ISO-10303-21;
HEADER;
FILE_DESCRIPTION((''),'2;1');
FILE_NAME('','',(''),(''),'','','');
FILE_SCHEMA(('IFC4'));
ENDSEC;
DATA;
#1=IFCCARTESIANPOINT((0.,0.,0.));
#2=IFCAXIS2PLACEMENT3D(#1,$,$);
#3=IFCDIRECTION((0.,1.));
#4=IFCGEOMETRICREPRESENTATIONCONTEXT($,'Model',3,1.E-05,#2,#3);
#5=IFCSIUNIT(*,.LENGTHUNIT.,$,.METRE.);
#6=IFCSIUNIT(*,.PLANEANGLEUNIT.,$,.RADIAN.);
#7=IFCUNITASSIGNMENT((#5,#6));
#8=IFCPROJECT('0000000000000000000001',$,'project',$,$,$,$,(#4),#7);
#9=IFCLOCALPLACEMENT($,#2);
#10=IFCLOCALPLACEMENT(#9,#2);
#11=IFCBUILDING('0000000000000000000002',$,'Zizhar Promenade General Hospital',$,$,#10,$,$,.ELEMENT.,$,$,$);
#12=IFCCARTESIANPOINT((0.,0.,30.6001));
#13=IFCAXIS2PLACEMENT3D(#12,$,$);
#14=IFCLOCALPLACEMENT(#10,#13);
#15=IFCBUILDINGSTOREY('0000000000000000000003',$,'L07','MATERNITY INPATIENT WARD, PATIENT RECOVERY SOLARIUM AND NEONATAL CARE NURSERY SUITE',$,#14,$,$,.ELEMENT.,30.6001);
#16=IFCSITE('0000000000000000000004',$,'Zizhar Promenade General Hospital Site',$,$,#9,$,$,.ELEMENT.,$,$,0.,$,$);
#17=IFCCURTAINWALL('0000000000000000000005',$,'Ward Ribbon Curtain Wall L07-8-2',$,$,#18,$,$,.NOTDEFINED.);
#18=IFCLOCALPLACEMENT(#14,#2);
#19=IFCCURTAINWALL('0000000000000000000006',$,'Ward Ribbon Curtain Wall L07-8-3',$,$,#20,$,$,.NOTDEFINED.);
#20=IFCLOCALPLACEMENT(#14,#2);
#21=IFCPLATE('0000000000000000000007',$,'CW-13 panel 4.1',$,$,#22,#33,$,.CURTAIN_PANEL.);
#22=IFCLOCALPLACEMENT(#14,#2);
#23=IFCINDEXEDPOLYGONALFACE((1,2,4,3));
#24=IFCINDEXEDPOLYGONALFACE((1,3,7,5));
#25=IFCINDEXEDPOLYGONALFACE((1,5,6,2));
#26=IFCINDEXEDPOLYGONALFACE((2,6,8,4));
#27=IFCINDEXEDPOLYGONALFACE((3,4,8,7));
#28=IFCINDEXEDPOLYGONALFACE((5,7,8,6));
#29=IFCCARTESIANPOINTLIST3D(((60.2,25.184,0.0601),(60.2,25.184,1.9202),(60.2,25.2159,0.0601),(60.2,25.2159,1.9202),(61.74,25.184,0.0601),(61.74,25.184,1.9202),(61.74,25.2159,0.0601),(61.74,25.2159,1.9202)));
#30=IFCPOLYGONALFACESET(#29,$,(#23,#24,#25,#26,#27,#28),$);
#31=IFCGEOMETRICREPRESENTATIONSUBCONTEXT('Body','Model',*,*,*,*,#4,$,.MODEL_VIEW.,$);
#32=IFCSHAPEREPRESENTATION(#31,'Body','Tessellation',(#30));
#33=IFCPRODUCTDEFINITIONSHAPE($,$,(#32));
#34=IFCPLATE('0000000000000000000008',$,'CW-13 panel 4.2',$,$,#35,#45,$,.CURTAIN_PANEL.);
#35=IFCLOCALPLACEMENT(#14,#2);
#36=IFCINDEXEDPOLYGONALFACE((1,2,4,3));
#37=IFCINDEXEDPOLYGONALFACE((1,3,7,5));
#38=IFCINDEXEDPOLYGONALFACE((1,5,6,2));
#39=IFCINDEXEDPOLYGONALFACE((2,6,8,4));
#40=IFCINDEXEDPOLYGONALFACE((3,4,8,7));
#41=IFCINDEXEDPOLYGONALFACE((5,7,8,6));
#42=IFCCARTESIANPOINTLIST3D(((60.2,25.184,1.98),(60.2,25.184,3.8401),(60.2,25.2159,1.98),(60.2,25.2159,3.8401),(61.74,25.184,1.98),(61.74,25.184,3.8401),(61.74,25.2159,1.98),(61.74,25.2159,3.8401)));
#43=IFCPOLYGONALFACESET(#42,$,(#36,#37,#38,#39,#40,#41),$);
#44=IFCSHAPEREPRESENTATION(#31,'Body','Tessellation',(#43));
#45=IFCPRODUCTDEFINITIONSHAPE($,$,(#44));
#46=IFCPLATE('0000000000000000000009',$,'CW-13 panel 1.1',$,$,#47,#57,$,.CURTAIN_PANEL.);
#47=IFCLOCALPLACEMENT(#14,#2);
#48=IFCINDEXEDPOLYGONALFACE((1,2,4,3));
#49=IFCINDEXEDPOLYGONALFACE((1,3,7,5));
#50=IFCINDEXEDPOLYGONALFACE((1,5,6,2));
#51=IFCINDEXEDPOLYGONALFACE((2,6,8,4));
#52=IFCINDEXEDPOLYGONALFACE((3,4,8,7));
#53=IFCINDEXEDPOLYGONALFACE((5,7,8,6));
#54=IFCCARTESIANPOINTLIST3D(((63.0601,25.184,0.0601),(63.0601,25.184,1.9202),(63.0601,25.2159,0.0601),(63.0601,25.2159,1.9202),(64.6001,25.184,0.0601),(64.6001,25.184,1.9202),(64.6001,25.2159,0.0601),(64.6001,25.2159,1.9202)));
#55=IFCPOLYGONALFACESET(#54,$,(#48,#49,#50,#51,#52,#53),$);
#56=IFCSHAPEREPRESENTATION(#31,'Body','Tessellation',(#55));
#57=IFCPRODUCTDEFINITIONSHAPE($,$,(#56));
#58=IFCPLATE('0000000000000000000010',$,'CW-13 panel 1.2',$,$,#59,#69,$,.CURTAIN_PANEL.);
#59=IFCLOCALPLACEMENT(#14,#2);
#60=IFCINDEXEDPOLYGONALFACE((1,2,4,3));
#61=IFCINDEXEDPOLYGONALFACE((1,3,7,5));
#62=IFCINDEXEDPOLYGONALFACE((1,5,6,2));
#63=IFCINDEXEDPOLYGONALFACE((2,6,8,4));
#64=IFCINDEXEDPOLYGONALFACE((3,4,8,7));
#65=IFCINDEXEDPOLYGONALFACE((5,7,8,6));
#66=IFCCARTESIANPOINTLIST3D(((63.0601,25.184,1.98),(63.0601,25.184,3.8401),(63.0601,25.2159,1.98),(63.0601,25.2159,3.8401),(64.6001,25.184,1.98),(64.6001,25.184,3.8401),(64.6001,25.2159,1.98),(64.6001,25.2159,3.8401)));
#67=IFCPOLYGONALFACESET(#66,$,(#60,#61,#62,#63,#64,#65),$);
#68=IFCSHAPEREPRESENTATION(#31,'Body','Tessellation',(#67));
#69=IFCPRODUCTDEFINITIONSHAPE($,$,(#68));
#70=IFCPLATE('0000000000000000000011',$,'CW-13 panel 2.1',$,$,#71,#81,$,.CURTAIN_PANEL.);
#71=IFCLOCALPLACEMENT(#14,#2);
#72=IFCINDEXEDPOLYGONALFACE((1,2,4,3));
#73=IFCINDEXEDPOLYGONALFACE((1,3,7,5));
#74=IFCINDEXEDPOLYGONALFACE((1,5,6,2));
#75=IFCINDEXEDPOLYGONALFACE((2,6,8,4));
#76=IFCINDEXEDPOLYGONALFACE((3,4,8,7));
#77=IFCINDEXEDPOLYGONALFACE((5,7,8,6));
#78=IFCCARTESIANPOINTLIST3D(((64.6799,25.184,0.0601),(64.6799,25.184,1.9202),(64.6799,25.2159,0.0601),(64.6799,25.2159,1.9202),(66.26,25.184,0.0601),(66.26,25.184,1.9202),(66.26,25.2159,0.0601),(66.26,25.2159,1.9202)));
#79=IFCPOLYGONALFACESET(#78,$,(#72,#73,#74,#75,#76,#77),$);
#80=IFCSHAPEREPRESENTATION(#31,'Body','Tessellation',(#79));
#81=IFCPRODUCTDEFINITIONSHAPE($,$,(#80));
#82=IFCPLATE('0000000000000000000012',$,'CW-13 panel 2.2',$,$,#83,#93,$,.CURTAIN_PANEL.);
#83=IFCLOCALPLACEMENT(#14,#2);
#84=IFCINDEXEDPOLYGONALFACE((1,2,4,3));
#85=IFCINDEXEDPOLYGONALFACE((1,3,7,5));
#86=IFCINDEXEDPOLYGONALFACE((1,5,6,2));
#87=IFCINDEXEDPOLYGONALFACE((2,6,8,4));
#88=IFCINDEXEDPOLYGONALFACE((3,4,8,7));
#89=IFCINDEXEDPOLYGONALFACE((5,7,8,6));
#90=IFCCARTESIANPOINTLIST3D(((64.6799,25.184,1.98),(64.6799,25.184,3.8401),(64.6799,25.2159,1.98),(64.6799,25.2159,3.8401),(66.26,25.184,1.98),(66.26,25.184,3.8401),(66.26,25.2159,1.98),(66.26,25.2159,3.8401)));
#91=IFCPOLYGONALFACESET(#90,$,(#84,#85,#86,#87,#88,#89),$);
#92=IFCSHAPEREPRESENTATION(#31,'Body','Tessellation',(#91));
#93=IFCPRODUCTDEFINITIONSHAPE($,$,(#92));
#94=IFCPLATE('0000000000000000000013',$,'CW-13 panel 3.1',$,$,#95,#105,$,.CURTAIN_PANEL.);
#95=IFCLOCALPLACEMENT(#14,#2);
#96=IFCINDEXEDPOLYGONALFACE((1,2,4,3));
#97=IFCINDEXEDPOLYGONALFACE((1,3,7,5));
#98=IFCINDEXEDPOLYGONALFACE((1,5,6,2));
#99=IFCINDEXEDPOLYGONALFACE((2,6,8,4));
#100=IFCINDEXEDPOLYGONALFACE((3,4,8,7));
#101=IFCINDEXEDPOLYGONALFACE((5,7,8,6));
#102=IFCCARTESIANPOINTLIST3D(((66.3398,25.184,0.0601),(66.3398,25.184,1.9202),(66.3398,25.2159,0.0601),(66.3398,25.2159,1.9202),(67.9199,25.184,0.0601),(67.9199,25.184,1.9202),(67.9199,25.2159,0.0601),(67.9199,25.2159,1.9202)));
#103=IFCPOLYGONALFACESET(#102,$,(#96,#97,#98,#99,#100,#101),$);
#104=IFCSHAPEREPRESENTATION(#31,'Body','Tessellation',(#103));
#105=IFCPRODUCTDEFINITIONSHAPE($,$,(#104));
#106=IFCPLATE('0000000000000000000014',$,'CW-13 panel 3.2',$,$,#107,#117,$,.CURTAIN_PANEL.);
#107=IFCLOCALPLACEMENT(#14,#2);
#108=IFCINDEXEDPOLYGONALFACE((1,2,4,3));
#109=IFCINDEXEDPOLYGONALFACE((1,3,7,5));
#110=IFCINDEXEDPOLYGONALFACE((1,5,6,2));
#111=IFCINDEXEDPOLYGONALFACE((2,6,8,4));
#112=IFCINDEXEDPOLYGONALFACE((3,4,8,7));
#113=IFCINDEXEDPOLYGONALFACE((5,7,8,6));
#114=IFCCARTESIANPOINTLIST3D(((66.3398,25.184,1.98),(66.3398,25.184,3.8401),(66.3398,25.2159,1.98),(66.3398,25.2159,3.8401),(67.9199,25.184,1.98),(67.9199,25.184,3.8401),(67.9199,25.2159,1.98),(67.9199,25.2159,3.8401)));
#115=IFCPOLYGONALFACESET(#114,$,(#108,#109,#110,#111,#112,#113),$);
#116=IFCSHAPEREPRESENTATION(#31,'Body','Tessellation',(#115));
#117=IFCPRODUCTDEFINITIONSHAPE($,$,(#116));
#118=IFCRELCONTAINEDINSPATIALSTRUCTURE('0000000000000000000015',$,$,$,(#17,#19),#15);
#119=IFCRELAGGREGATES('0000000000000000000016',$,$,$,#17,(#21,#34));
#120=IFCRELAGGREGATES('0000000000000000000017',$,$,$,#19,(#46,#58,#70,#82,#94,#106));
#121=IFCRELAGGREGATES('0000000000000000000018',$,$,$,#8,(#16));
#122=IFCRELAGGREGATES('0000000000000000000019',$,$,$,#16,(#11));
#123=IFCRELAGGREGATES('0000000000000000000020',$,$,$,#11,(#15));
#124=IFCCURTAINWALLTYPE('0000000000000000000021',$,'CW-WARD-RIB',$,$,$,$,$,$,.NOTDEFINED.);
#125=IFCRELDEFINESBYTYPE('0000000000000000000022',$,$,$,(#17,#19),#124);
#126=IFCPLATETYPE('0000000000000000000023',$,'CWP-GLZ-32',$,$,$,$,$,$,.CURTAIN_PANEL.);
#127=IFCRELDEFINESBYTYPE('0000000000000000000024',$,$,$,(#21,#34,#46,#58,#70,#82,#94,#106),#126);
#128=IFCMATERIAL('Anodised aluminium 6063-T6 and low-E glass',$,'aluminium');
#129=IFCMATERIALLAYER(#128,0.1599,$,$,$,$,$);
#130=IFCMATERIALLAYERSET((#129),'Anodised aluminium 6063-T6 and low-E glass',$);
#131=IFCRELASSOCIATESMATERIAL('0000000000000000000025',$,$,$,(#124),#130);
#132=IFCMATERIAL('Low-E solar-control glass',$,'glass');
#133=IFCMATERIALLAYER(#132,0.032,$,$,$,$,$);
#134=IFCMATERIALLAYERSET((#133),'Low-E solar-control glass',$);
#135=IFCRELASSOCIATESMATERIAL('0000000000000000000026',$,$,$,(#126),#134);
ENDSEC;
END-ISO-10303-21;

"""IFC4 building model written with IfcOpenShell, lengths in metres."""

from ifc_helpers import new_model, si_unit, direction, frame, origin, origin_2d, place, context, subcontext, project, spatial, rectangle, extrude, material, layer, layer_set, type_object, element, aggregate, save


model = new_model("IFC4")

# Units and contexts
model_context = context("Model", 3, precision=1e-05, world=origin(), true_north=direction((0.0, 1.0)))
body_context = subcontext(model_context, "Body", "Model", "MODEL_VIEW")
ifc_project = project(units=[si_unit("LENGTHUNIT", "METRE"), si_unit("PLANEANGLEUNIT", "RADIAN")], contexts=[model_context])

# Site, building, storey
site_placement = place(None, origin())
site = spatial("IfcSite", under=ifc_project, at=site_placement, Name="Zizhar Promenade General Hospital Site", CompositionType="ELEMENT", RefElevation=0.0)
building_placement = place(site_placement, origin())
building = spatial("IfcBuilding", under=site, at=building_placement, Name="Zizhar Promenade General Hospital", CompositionType="ELEMENT")
storey_placement = place(building_placement, frame((0.0, 0.0, 30.6001)))
storey = spatial("IfcBuildingStorey", under=building, at=storey_placement, Name="L07", Description="MATERNITY INPATIENT WARD, PATIENT RECOVERY SOLARIUM AND NEONATAL CARE NURSERY SUITE", CompositionType="ELEMENT", Elevation=30.6001)

# Curtain walls
ifc_material_1 = material(Name="Anodised aluminium 6063-T6 and low-E glass", Category="aluminium")
ifc_layer_1 = layer(ifc_material_1, 0.1599)
ifc_layer_set_1 = layer_set([ifc_layer_1], Name="Anodised aluminium 6063-T6 and low-E glass")
curtain_wall_type = type_object("IfcCurtainWallType", Name="CW-WARD-RIB", PredefinedType="NOTDEFINED", material=ifc_layer_set_1)
curtain_wall_1_placement = place(storey_placement, origin())
curtain_wall_1 = element("IfcCurtainWall", 1, at=curtain_wall_1_placement, inside=storey, type_object=curtain_wall_type, Name="Ward Ribbon Curtain Wall L07-8-2", PredefinedType="NOTDEFINED")
curtain_wall_2_placement = place(storey_placement, origin())
curtain_wall_2 = element("IfcCurtainWall", 2, at=curtain_wall_2_placement, inside=storey, type_object=curtain_wall_type, Name="Ward Ribbon Curtain Wall L07-8-3", PredefinedType="NOTDEFINED")

# Plates
ifc_material_2 = material(Name="Low-E solar-control glass", Category="glass")
ifc_layer_2 = layer(ifc_material_2, 0.032)
ifc_layer_set_2 = layer_set([ifc_layer_2], Name="Low-E solar-control glass")
plate_type = type_object("IfcPlateType", Name="CWP-GLZ-32", PredefinedType="CURTAIN_PANEL", material=ifc_layer_set_2)
plate_1_placement = place(storey_placement, frame((60.97, 25.2, 0.0601), z_axis=(0.0, 0.0, 1.0), x_axis=(1.0, 0.0, 0.0)))
plate_1 = element("IfcPlate", 3, at=plate_1_placement, type_object=plate_type, Name="CW-13 panel 4.1", PredefinedType="CURTAIN_PANEL", context=body_context, shape_type="SweptSolid", body=[
    extrude(rectangle(XDim=1.54, YDim=0.032, at=origin_2d()), origin(), (0.0, 0.0, 1.0), 1.8601),
])
plate_2_placement = place(storey_placement, frame((60.97, 25.2, 1.98), z_axis=(0.0, 0.0, 1.0), x_axis=(1.0, 0.0, 0.0)))
plate_2 = element("IfcPlate", 4, at=plate_2_placement, type_object=plate_type, Name="CW-13 panel 4.2", PredefinedType="CURTAIN_PANEL", context=body_context, shape_type="SweptSolid", body=[
    extrude(rectangle(XDim=1.54, YDim=0.032, at=origin_2d()), origin(), (0.0, 0.0, 1.0), 1.8601),
])
aggregate(curtain_wall_1, [plate_1, plate_2])
plate_3_placement = place(storey_placement, frame((63.8301, 25.2, 0.0601), z_axis=(0.0, 0.0, 1.0), x_axis=(1.0, 0.0, 0.0)))
plate_3 = element("IfcPlate", 5, at=plate_3_placement, type_object=plate_type, Name="CW-13 panel 1.1", PredefinedType="CURTAIN_PANEL", context=body_context, shape_type="SweptSolid", body=[
    extrude(rectangle(XDim=1.54, YDim=0.032, at=origin_2d()), origin(), (0.0, 0.0, 1.0), 1.8601),
])
plate_4_placement = place(storey_placement, frame((63.8301, 25.2, 1.98), z_axis=(0.0, 0.0, 1.0), x_axis=(1.0, 0.0, 0.0)))
plate_4 = element("IfcPlate", 6, at=plate_4_placement, type_object=plate_type, Name="CW-13 panel 1.2", PredefinedType="CURTAIN_PANEL", context=body_context, shape_type="SweptSolid", body=[
    extrude(rectangle(XDim=1.54, YDim=0.032, at=origin_2d()), origin(), (0.0, 0.0, 1.0), 1.8601),
])
plate_5_placement = place(storey_placement, frame((65.47, 25.2, 0.0601), z_axis=(0.0, 0.0, 1.0), x_axis=(1.0, 0.0, 0.0)))
plate_5 = element("IfcPlate", 7, at=plate_5_placement, type_object=plate_type, Name="CW-13 panel 2.1", PredefinedType="CURTAIN_PANEL", context=body_context, shape_type="SweptSolid", body=[
    extrude(rectangle(XDim=1.5801, YDim=0.032, at=origin_2d()), origin(), (0.0, 0.0, 1.0), 1.8601),
])
plate_6_placement = place(storey_placement, frame((65.47, 25.2, 1.98), z_axis=(0.0, 0.0, 1.0), x_axis=(1.0, 0.0, 0.0)))
plate_6 = element("IfcPlate", 8, at=plate_6_placement, type_object=plate_type, Name="CW-13 panel 2.2", PredefinedType="CURTAIN_PANEL", context=body_context, shape_type="SweptSolid", body=[
    extrude(rectangle(XDim=1.5801, YDim=0.032, at=origin_2d()), origin(), (0.0, 0.0, 1.0), 1.8601),
])
plate_7_placement = place(storey_placement, frame((67.1299, 25.2, 0.0601), z_axis=(0.0, 0.0, 1.0), x_axis=(1.0, 0.0, 0.0)))
plate_7 = element("IfcPlate", 9, at=plate_7_placement, type_object=plate_type, Name="CW-13 panel 3.1", PredefinedType="CURTAIN_PANEL", context=body_context, shape_type="SweptSolid", body=[
    extrude(rectangle(XDim=1.5801, YDim=0.032, at=origin_2d()), origin(), (0.0, 0.0, 1.0), 1.8601),
])
plate_8_placement = place(storey_placement, frame((67.1299, 25.2, 1.98), z_axis=(0.0, 0.0, 1.0), x_axis=(1.0, 0.0, 0.0)))
plate_8 = element("IfcPlate", 10, at=plate_8_placement, type_object=plate_type, Name="CW-13 panel 3.2", PredefinedType="CURTAIN_PANEL", context=body_context, shape_type="SweptSolid", body=[
    extrude(rectangle(XDim=1.5801, YDim=0.032, at=origin_2d()), origin(), (0.0, 0.0, 1.0), 1.8601),
])
aggregate(curtain_wall_2, [plate_3, plate_4, plate_5, plate_6, plate_7, plate_8])

save(model, "model.ifc")
